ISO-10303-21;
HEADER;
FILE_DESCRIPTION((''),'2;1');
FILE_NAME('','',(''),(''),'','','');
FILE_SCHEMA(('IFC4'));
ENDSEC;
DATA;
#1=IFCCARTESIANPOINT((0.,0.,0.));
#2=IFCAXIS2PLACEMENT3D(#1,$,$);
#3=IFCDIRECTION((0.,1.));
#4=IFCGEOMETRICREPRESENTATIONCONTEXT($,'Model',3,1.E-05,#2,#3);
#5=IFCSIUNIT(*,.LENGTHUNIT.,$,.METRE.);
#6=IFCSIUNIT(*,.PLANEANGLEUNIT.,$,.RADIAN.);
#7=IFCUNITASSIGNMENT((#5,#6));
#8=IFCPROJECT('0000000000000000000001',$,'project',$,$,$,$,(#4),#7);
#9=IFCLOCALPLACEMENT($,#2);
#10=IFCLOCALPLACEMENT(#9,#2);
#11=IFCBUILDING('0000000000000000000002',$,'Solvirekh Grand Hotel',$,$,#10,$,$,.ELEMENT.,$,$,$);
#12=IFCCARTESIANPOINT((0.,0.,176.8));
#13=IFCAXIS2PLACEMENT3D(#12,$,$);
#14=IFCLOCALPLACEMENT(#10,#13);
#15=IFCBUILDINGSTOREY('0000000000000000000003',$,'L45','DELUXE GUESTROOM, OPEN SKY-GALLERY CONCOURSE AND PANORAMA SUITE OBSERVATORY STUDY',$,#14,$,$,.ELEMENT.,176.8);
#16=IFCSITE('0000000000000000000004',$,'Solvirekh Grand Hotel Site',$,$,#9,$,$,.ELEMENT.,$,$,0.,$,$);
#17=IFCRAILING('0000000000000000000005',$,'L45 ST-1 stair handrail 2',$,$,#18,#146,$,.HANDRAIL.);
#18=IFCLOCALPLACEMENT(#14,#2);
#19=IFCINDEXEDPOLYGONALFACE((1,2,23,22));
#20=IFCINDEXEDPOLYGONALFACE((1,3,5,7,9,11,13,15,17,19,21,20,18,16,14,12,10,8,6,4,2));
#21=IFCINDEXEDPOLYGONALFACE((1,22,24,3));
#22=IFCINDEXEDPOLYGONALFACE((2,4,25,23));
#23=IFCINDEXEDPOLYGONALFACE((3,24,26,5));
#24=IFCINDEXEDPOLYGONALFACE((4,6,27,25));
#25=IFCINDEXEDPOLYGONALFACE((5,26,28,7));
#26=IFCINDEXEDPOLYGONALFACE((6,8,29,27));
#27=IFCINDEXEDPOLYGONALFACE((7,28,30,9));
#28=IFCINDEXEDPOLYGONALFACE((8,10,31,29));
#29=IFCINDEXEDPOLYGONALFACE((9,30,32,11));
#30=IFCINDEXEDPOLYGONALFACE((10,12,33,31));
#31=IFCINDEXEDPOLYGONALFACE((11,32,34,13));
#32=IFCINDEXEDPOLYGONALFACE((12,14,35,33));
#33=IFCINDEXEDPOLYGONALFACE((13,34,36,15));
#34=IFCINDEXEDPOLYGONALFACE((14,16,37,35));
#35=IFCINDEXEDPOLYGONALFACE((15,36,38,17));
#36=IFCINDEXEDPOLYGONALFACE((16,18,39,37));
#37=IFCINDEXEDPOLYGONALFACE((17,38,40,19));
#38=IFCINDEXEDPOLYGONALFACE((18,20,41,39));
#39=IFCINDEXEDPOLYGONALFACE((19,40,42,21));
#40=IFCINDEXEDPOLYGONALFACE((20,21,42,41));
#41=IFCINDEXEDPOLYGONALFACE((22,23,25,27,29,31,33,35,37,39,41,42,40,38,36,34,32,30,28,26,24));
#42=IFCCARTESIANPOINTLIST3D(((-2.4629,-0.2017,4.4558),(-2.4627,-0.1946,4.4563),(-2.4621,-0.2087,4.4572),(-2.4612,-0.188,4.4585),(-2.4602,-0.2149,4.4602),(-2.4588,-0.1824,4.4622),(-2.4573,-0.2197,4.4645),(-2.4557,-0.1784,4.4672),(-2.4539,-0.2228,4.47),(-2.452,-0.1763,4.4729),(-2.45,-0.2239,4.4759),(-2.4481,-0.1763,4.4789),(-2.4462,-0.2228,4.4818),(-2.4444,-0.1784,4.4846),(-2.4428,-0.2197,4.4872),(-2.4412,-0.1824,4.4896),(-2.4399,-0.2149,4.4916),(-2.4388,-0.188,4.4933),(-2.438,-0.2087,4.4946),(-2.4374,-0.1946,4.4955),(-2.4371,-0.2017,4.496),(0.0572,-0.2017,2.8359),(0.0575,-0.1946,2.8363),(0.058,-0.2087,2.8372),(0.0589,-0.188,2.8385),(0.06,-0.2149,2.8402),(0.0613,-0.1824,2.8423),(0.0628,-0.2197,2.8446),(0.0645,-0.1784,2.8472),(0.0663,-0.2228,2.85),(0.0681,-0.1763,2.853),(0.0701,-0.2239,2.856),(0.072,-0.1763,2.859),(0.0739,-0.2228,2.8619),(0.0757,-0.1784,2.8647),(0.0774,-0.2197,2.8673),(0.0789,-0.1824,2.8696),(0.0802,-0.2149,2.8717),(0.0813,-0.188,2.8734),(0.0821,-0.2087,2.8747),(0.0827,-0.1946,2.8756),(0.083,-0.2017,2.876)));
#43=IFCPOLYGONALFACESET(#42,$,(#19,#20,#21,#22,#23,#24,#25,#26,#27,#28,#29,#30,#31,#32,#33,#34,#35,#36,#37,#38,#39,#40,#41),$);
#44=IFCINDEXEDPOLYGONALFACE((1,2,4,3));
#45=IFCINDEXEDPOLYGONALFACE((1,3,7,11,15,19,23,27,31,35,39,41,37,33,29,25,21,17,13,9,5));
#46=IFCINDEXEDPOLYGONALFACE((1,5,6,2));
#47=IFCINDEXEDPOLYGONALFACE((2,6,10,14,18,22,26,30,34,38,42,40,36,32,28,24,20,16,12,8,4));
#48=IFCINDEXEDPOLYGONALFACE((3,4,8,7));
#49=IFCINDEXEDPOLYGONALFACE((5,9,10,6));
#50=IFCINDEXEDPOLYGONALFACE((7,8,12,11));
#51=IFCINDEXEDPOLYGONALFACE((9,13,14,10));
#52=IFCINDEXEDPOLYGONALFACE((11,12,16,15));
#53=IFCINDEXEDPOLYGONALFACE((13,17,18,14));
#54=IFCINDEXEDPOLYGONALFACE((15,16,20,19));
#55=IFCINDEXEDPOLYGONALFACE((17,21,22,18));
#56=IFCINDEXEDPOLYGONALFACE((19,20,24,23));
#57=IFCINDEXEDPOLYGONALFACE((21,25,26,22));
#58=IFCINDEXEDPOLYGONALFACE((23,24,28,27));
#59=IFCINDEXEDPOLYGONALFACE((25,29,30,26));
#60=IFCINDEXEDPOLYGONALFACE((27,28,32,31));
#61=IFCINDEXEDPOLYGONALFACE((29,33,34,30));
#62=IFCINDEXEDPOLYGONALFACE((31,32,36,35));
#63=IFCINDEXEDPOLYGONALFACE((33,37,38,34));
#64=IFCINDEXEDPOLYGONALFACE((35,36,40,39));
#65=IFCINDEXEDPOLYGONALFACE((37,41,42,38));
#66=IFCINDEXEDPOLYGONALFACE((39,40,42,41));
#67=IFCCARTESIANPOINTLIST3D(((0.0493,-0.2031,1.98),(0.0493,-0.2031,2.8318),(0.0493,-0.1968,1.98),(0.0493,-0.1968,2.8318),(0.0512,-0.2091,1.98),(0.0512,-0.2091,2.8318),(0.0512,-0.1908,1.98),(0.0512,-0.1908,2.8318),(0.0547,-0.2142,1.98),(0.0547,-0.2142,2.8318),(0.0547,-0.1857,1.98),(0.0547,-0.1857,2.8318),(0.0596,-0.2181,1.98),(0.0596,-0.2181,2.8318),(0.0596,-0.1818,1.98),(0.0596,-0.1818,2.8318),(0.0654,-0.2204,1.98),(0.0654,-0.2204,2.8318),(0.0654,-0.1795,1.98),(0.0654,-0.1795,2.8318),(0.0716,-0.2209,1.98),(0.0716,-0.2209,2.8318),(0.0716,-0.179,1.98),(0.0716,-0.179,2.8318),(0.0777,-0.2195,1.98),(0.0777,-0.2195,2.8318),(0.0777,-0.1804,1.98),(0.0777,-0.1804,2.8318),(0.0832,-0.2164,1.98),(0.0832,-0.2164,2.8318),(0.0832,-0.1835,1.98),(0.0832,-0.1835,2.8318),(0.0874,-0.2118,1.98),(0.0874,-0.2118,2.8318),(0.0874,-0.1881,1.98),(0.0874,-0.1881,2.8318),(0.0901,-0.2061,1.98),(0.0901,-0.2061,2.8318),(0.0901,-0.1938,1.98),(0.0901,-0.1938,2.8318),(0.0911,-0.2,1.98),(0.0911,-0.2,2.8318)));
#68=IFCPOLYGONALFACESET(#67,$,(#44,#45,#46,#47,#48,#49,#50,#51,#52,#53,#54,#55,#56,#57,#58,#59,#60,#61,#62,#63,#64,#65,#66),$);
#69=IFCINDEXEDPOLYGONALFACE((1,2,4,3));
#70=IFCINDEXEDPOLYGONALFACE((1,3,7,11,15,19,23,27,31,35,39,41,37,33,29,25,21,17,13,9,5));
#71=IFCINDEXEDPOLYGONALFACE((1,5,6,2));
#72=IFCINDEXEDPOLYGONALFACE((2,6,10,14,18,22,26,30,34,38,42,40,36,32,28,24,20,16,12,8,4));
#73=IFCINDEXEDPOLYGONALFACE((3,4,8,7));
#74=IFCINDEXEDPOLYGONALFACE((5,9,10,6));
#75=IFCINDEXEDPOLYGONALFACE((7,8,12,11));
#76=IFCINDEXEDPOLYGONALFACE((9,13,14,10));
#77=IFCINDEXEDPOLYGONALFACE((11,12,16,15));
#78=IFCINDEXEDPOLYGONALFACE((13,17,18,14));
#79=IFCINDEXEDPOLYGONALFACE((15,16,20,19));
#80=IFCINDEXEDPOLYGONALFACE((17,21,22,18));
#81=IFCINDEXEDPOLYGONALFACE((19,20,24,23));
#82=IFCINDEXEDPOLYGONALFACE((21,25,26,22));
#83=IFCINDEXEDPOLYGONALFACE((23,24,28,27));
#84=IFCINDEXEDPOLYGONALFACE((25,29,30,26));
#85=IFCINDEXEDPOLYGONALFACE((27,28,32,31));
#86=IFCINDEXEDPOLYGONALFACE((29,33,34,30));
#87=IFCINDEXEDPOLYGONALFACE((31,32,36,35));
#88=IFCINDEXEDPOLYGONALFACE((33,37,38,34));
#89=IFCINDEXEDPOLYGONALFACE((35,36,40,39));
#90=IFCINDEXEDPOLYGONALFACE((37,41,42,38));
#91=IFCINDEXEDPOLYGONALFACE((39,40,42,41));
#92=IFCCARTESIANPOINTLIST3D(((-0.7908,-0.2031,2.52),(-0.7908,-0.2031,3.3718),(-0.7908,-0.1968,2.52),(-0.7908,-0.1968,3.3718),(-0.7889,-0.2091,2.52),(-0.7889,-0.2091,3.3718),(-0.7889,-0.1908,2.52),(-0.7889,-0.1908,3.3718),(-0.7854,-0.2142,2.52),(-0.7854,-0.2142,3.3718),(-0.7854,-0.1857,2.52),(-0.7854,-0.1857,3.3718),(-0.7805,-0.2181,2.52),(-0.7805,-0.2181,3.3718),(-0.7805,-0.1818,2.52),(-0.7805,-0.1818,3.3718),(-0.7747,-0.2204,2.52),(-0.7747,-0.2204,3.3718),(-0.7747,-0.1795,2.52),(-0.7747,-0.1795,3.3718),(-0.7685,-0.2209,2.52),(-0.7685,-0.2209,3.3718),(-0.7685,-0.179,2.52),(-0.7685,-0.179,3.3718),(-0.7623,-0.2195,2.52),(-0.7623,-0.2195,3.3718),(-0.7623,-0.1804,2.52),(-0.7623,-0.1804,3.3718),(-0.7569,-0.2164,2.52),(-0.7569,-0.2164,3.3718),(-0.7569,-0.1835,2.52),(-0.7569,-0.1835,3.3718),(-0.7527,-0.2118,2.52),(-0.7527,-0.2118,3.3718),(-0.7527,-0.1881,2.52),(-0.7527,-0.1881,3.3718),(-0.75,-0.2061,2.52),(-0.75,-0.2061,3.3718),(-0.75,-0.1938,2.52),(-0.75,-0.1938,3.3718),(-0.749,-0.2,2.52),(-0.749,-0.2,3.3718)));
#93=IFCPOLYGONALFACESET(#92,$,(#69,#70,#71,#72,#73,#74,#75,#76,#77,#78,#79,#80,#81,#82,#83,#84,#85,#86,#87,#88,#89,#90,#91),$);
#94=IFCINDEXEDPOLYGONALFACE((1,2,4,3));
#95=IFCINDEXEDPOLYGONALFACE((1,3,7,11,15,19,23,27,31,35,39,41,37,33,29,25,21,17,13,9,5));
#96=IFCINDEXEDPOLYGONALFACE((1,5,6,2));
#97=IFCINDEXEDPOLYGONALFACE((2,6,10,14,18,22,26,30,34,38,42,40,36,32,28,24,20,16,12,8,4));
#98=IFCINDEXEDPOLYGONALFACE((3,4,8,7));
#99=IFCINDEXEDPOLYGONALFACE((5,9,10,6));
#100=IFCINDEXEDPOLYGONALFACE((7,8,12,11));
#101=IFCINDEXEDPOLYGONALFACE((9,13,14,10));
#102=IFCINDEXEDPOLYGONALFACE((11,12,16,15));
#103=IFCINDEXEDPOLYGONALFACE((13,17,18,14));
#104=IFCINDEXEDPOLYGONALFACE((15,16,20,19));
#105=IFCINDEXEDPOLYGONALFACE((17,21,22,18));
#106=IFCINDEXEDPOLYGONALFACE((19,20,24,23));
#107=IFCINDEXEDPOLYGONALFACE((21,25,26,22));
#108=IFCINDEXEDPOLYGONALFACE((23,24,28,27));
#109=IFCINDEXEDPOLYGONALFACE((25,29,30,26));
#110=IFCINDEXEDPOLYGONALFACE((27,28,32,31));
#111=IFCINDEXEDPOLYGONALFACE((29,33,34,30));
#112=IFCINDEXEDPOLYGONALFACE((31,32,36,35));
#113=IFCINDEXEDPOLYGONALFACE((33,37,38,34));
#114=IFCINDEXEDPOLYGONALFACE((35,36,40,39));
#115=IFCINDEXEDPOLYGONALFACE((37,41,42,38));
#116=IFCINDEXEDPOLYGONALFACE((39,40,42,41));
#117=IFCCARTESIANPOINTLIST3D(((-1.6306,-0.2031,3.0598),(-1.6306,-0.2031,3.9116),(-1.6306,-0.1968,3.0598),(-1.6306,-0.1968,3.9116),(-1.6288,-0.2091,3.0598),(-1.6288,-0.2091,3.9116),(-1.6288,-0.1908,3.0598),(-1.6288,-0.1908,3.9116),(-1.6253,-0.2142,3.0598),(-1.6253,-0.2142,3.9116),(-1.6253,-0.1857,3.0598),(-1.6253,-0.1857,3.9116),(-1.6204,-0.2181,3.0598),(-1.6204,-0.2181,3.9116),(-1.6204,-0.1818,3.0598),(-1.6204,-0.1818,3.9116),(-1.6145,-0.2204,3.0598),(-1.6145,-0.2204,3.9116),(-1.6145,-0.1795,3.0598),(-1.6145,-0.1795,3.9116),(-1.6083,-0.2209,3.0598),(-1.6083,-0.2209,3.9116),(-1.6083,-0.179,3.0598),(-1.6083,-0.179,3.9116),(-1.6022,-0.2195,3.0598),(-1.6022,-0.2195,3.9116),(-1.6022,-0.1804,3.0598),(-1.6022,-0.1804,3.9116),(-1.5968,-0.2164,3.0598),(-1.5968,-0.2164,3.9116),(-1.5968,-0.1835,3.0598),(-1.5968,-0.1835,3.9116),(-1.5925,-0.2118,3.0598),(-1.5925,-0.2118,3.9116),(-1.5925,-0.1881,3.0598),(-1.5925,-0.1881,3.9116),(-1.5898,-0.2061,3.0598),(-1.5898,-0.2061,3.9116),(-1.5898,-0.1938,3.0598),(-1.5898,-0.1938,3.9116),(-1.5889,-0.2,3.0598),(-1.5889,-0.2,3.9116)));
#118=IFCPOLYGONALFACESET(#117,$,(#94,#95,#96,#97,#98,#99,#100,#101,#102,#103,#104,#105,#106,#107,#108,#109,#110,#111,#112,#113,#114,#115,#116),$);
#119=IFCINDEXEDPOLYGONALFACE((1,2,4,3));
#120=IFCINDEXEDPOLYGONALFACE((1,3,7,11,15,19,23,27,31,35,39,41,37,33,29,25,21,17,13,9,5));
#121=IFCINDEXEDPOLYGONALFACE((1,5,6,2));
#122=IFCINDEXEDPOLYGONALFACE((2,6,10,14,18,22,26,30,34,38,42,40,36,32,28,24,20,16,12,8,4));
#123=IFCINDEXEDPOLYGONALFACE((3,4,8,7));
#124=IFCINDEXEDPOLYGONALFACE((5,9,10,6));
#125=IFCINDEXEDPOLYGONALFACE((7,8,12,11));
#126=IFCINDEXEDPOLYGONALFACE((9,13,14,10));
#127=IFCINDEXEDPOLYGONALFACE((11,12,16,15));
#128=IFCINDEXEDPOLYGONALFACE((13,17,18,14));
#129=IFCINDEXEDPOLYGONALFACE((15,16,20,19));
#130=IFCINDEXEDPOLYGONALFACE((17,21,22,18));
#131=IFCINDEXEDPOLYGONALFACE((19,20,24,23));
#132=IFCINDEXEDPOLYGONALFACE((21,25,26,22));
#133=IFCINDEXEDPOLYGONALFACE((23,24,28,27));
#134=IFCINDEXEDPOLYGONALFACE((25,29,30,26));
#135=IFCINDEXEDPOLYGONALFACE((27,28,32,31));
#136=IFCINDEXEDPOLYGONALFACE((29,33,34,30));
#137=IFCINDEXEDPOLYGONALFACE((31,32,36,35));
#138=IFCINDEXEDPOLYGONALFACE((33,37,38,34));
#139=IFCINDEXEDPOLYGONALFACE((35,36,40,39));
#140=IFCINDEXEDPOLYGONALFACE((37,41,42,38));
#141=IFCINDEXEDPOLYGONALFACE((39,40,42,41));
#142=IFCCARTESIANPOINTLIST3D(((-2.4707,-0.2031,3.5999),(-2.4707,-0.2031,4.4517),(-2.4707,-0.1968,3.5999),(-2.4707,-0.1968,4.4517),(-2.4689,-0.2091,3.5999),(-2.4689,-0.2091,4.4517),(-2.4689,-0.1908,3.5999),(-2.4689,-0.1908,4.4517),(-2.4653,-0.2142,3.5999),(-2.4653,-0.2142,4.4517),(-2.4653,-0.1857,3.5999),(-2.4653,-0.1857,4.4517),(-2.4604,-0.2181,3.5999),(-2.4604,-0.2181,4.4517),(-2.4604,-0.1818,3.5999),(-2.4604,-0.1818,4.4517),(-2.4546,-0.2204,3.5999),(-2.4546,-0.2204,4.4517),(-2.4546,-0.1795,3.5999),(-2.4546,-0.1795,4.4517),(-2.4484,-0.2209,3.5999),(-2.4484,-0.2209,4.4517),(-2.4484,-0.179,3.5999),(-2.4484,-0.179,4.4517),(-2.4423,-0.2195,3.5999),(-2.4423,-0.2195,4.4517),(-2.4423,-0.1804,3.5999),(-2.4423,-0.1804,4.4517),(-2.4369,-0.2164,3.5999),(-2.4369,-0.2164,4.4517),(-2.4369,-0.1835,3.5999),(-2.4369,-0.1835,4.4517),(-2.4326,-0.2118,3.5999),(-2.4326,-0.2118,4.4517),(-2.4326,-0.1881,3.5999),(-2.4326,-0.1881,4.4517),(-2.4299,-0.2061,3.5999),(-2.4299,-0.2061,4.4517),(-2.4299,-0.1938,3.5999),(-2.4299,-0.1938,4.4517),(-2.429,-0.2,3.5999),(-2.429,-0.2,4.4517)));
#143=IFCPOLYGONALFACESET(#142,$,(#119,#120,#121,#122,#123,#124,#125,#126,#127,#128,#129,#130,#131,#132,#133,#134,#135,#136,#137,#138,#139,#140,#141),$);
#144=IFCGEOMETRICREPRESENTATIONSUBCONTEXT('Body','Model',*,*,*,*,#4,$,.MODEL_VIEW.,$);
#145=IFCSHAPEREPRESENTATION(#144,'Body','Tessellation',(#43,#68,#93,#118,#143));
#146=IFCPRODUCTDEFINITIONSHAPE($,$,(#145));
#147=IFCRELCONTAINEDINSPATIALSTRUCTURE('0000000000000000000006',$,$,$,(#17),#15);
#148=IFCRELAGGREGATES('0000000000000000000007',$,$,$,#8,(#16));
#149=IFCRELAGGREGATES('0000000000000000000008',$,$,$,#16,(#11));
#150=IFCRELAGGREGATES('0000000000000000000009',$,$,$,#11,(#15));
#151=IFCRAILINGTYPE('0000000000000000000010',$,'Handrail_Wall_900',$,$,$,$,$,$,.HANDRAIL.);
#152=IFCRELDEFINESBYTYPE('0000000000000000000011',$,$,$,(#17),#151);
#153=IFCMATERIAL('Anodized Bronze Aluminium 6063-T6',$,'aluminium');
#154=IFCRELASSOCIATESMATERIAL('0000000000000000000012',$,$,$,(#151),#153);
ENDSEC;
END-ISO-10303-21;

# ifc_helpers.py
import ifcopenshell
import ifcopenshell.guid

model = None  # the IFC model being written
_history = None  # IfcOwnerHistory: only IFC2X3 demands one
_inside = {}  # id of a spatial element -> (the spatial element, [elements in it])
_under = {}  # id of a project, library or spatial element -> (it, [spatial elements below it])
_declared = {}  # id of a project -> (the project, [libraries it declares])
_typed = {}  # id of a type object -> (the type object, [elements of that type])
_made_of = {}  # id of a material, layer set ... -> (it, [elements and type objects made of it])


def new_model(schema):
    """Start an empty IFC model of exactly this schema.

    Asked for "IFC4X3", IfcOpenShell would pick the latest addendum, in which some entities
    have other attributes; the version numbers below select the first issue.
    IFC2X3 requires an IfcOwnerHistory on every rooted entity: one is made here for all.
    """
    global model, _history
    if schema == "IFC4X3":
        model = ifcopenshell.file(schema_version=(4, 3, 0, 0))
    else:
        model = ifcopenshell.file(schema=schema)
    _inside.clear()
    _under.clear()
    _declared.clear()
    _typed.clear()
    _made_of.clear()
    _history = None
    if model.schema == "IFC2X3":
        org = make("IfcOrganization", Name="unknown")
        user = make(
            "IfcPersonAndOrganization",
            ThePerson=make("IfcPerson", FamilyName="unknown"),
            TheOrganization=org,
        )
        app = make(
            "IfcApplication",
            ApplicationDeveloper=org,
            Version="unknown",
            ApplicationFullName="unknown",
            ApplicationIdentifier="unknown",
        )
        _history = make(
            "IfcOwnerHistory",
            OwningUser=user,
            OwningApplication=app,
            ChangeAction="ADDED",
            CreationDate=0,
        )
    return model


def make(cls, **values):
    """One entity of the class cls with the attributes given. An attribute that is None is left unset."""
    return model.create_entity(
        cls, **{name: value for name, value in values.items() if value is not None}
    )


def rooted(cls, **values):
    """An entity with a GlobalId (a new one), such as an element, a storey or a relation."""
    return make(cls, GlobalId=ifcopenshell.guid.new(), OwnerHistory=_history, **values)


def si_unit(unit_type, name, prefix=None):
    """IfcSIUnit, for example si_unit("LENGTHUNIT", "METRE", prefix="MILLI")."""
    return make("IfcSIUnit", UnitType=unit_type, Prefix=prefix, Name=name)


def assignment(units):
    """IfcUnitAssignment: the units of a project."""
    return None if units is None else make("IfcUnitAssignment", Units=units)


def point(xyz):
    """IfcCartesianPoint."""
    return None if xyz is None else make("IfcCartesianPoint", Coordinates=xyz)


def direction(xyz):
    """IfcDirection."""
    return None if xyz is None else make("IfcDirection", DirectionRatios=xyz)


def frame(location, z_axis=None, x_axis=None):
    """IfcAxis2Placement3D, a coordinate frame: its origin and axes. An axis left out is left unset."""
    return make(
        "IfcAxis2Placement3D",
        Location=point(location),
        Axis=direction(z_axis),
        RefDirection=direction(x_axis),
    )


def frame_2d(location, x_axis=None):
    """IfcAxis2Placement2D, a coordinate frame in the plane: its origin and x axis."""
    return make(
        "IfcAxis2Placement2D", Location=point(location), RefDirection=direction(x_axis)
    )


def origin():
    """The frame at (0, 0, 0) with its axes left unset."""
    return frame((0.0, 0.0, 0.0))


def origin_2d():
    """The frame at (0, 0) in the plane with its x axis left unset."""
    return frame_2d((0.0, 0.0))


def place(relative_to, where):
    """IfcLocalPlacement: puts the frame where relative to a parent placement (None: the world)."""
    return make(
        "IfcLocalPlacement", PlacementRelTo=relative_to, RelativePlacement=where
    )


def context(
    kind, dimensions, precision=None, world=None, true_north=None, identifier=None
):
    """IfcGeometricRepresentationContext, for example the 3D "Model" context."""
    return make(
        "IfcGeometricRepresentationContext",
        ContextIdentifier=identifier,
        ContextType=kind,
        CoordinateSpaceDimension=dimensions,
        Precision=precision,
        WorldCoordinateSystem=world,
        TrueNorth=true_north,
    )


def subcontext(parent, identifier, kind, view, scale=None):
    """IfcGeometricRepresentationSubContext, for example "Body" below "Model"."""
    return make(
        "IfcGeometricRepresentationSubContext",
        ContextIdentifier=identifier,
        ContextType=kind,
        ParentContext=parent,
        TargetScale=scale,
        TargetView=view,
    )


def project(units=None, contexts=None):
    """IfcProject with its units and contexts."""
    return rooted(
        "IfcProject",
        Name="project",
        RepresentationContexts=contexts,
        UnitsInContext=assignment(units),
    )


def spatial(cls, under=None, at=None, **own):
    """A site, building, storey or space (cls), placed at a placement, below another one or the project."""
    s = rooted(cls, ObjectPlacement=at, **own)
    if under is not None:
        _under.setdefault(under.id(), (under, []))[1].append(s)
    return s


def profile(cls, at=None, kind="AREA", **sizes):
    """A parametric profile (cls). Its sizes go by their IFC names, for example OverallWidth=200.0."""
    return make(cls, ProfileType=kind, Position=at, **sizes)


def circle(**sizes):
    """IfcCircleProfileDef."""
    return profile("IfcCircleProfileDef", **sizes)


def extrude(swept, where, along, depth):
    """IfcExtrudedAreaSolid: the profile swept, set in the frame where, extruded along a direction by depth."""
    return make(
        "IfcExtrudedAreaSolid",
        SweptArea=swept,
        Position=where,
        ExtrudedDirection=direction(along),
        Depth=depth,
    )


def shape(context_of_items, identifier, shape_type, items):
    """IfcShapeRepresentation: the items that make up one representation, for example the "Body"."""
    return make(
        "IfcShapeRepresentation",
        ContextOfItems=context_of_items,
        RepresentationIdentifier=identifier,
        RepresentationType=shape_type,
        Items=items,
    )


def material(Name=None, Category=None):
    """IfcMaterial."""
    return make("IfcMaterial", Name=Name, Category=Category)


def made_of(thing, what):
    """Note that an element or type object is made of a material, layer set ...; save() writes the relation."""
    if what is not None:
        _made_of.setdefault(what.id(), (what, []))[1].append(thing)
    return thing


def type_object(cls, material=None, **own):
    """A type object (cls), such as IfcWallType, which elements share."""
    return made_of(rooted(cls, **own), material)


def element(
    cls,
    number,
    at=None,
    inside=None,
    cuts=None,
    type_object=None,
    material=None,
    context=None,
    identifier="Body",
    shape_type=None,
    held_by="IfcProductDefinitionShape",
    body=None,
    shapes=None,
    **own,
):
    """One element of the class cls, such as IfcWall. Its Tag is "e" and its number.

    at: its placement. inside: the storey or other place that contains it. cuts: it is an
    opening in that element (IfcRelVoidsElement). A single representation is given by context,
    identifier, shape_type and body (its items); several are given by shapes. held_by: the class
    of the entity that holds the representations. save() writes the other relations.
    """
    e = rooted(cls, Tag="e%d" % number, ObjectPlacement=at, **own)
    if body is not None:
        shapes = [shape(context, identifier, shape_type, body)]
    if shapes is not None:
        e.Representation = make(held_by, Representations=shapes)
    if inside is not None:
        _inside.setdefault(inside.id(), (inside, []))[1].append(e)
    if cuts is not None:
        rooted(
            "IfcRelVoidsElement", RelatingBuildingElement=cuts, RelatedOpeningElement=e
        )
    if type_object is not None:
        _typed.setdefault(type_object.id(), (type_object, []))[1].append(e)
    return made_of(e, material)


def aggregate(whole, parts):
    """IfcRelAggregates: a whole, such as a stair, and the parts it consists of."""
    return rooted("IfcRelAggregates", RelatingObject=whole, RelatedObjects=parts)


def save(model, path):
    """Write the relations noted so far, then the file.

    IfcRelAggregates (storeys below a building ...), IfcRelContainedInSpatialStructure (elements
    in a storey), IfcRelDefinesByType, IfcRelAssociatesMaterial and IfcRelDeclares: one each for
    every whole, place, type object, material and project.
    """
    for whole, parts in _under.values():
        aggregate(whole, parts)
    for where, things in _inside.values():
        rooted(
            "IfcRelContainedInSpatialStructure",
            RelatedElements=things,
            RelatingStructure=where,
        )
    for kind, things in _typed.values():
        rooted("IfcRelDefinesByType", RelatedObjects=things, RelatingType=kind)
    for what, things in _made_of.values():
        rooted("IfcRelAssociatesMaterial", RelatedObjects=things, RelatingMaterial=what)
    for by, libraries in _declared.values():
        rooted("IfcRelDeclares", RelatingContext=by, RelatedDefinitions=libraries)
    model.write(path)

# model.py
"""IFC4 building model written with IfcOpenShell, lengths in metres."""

from ifc_helpers import new_model, si_unit, direction, frame, origin, origin_2d, place, context, subcontext, project, spatial, circle, extrude, material, type_object, element, save


model = new_model("IFC4")

# Units and contexts
model_context = context("Model", 3, precision=1e-05, world=origin(), true_north=direction((0.0, 1.0)))
body_context = subcontext(model_context, "Body", "Model", "MODEL_VIEW")
ifc_project = project(units=[si_unit("LENGTHUNIT", "METRE"), si_unit("PLANEANGLEUNIT", "RADIAN")], contexts=[model_context])

# Site, building, storey
site_placement = place(None, origin())
site = spatial("IfcSite", under=ifc_project, at=site_placement, Name="Solvirekh Grand Hotel Site", CompositionType="ELEMENT", RefElevation=0.0)
building_placement = place(site_placement, origin())
building = spatial("IfcBuilding", under=site, at=building_placement, Name="Solvirekh Grand Hotel", CompositionType="ELEMENT")
storey_placement = place(building_placement, frame((0.0, 0.0, 176.8)))
storey = spatial("IfcBuildingStorey", under=building, at=storey_placement, Name="L45", Description="DELUXE GUESTROOM, OPEN SKY-GALLERY CONCOURSE AND PANORAMA SUITE OBSERVATORY STUDY", CompositionType="ELEMENT", Elevation=176.8)

# Railing
ifc_material_1 = material(Name="Anodized Bronze Aluminium 6063-T6", Category="aluminium")
railing_type_1 = type_object("IfcRailingType", Name="Handrail_Wall_900", PredefinedType="HANDRAIL", material=ifc_material_1)
railing_1_placement = place(storey_placement, frame((0.0701, -0.2, 1.98)))
element("IfcRailing", 1, at=railing_1_placement, inside=storey, type_object=railing_type_1, Name="L45 ST-1 stair handrail 2", PredefinedType="HANDRAIL", context=body_context, shape_type="SweptSolid", body=[
    extrude(circle(Radius=0.0239, at=origin_2d()), frame((0.0, 0.0, 0.876), z_axis=(-0.8412, 0.0, 0.540725), x_axis=(0.0, -1.0, 0.0)), (0.0, 0.0, 1.0), 2.9958),
    extrude(circle(Radius=0.021, at=origin_2d()), origin(), (0.0, 0.0, 1.0), 0.8518),
    extrude(circle(Radius=0.021, at=origin_2d()), frame((-0.8401, 0.0, 0.54)), (0.0, 0.0, 1.0), 0.8518),
    extrude(circle(Radius=0.021, at=origin_2d()), frame((-1.6799, 0.0, 1.0798)), (0.0, 0.0, 1.0), 0.8518),
    extrude(circle(Radius=0.021, at=origin_2d()), frame((-2.52, 0.0, 1.6199)), (0.0, 0.0, 1.0), 0.8518),
])

save(model, "model.ifc")
